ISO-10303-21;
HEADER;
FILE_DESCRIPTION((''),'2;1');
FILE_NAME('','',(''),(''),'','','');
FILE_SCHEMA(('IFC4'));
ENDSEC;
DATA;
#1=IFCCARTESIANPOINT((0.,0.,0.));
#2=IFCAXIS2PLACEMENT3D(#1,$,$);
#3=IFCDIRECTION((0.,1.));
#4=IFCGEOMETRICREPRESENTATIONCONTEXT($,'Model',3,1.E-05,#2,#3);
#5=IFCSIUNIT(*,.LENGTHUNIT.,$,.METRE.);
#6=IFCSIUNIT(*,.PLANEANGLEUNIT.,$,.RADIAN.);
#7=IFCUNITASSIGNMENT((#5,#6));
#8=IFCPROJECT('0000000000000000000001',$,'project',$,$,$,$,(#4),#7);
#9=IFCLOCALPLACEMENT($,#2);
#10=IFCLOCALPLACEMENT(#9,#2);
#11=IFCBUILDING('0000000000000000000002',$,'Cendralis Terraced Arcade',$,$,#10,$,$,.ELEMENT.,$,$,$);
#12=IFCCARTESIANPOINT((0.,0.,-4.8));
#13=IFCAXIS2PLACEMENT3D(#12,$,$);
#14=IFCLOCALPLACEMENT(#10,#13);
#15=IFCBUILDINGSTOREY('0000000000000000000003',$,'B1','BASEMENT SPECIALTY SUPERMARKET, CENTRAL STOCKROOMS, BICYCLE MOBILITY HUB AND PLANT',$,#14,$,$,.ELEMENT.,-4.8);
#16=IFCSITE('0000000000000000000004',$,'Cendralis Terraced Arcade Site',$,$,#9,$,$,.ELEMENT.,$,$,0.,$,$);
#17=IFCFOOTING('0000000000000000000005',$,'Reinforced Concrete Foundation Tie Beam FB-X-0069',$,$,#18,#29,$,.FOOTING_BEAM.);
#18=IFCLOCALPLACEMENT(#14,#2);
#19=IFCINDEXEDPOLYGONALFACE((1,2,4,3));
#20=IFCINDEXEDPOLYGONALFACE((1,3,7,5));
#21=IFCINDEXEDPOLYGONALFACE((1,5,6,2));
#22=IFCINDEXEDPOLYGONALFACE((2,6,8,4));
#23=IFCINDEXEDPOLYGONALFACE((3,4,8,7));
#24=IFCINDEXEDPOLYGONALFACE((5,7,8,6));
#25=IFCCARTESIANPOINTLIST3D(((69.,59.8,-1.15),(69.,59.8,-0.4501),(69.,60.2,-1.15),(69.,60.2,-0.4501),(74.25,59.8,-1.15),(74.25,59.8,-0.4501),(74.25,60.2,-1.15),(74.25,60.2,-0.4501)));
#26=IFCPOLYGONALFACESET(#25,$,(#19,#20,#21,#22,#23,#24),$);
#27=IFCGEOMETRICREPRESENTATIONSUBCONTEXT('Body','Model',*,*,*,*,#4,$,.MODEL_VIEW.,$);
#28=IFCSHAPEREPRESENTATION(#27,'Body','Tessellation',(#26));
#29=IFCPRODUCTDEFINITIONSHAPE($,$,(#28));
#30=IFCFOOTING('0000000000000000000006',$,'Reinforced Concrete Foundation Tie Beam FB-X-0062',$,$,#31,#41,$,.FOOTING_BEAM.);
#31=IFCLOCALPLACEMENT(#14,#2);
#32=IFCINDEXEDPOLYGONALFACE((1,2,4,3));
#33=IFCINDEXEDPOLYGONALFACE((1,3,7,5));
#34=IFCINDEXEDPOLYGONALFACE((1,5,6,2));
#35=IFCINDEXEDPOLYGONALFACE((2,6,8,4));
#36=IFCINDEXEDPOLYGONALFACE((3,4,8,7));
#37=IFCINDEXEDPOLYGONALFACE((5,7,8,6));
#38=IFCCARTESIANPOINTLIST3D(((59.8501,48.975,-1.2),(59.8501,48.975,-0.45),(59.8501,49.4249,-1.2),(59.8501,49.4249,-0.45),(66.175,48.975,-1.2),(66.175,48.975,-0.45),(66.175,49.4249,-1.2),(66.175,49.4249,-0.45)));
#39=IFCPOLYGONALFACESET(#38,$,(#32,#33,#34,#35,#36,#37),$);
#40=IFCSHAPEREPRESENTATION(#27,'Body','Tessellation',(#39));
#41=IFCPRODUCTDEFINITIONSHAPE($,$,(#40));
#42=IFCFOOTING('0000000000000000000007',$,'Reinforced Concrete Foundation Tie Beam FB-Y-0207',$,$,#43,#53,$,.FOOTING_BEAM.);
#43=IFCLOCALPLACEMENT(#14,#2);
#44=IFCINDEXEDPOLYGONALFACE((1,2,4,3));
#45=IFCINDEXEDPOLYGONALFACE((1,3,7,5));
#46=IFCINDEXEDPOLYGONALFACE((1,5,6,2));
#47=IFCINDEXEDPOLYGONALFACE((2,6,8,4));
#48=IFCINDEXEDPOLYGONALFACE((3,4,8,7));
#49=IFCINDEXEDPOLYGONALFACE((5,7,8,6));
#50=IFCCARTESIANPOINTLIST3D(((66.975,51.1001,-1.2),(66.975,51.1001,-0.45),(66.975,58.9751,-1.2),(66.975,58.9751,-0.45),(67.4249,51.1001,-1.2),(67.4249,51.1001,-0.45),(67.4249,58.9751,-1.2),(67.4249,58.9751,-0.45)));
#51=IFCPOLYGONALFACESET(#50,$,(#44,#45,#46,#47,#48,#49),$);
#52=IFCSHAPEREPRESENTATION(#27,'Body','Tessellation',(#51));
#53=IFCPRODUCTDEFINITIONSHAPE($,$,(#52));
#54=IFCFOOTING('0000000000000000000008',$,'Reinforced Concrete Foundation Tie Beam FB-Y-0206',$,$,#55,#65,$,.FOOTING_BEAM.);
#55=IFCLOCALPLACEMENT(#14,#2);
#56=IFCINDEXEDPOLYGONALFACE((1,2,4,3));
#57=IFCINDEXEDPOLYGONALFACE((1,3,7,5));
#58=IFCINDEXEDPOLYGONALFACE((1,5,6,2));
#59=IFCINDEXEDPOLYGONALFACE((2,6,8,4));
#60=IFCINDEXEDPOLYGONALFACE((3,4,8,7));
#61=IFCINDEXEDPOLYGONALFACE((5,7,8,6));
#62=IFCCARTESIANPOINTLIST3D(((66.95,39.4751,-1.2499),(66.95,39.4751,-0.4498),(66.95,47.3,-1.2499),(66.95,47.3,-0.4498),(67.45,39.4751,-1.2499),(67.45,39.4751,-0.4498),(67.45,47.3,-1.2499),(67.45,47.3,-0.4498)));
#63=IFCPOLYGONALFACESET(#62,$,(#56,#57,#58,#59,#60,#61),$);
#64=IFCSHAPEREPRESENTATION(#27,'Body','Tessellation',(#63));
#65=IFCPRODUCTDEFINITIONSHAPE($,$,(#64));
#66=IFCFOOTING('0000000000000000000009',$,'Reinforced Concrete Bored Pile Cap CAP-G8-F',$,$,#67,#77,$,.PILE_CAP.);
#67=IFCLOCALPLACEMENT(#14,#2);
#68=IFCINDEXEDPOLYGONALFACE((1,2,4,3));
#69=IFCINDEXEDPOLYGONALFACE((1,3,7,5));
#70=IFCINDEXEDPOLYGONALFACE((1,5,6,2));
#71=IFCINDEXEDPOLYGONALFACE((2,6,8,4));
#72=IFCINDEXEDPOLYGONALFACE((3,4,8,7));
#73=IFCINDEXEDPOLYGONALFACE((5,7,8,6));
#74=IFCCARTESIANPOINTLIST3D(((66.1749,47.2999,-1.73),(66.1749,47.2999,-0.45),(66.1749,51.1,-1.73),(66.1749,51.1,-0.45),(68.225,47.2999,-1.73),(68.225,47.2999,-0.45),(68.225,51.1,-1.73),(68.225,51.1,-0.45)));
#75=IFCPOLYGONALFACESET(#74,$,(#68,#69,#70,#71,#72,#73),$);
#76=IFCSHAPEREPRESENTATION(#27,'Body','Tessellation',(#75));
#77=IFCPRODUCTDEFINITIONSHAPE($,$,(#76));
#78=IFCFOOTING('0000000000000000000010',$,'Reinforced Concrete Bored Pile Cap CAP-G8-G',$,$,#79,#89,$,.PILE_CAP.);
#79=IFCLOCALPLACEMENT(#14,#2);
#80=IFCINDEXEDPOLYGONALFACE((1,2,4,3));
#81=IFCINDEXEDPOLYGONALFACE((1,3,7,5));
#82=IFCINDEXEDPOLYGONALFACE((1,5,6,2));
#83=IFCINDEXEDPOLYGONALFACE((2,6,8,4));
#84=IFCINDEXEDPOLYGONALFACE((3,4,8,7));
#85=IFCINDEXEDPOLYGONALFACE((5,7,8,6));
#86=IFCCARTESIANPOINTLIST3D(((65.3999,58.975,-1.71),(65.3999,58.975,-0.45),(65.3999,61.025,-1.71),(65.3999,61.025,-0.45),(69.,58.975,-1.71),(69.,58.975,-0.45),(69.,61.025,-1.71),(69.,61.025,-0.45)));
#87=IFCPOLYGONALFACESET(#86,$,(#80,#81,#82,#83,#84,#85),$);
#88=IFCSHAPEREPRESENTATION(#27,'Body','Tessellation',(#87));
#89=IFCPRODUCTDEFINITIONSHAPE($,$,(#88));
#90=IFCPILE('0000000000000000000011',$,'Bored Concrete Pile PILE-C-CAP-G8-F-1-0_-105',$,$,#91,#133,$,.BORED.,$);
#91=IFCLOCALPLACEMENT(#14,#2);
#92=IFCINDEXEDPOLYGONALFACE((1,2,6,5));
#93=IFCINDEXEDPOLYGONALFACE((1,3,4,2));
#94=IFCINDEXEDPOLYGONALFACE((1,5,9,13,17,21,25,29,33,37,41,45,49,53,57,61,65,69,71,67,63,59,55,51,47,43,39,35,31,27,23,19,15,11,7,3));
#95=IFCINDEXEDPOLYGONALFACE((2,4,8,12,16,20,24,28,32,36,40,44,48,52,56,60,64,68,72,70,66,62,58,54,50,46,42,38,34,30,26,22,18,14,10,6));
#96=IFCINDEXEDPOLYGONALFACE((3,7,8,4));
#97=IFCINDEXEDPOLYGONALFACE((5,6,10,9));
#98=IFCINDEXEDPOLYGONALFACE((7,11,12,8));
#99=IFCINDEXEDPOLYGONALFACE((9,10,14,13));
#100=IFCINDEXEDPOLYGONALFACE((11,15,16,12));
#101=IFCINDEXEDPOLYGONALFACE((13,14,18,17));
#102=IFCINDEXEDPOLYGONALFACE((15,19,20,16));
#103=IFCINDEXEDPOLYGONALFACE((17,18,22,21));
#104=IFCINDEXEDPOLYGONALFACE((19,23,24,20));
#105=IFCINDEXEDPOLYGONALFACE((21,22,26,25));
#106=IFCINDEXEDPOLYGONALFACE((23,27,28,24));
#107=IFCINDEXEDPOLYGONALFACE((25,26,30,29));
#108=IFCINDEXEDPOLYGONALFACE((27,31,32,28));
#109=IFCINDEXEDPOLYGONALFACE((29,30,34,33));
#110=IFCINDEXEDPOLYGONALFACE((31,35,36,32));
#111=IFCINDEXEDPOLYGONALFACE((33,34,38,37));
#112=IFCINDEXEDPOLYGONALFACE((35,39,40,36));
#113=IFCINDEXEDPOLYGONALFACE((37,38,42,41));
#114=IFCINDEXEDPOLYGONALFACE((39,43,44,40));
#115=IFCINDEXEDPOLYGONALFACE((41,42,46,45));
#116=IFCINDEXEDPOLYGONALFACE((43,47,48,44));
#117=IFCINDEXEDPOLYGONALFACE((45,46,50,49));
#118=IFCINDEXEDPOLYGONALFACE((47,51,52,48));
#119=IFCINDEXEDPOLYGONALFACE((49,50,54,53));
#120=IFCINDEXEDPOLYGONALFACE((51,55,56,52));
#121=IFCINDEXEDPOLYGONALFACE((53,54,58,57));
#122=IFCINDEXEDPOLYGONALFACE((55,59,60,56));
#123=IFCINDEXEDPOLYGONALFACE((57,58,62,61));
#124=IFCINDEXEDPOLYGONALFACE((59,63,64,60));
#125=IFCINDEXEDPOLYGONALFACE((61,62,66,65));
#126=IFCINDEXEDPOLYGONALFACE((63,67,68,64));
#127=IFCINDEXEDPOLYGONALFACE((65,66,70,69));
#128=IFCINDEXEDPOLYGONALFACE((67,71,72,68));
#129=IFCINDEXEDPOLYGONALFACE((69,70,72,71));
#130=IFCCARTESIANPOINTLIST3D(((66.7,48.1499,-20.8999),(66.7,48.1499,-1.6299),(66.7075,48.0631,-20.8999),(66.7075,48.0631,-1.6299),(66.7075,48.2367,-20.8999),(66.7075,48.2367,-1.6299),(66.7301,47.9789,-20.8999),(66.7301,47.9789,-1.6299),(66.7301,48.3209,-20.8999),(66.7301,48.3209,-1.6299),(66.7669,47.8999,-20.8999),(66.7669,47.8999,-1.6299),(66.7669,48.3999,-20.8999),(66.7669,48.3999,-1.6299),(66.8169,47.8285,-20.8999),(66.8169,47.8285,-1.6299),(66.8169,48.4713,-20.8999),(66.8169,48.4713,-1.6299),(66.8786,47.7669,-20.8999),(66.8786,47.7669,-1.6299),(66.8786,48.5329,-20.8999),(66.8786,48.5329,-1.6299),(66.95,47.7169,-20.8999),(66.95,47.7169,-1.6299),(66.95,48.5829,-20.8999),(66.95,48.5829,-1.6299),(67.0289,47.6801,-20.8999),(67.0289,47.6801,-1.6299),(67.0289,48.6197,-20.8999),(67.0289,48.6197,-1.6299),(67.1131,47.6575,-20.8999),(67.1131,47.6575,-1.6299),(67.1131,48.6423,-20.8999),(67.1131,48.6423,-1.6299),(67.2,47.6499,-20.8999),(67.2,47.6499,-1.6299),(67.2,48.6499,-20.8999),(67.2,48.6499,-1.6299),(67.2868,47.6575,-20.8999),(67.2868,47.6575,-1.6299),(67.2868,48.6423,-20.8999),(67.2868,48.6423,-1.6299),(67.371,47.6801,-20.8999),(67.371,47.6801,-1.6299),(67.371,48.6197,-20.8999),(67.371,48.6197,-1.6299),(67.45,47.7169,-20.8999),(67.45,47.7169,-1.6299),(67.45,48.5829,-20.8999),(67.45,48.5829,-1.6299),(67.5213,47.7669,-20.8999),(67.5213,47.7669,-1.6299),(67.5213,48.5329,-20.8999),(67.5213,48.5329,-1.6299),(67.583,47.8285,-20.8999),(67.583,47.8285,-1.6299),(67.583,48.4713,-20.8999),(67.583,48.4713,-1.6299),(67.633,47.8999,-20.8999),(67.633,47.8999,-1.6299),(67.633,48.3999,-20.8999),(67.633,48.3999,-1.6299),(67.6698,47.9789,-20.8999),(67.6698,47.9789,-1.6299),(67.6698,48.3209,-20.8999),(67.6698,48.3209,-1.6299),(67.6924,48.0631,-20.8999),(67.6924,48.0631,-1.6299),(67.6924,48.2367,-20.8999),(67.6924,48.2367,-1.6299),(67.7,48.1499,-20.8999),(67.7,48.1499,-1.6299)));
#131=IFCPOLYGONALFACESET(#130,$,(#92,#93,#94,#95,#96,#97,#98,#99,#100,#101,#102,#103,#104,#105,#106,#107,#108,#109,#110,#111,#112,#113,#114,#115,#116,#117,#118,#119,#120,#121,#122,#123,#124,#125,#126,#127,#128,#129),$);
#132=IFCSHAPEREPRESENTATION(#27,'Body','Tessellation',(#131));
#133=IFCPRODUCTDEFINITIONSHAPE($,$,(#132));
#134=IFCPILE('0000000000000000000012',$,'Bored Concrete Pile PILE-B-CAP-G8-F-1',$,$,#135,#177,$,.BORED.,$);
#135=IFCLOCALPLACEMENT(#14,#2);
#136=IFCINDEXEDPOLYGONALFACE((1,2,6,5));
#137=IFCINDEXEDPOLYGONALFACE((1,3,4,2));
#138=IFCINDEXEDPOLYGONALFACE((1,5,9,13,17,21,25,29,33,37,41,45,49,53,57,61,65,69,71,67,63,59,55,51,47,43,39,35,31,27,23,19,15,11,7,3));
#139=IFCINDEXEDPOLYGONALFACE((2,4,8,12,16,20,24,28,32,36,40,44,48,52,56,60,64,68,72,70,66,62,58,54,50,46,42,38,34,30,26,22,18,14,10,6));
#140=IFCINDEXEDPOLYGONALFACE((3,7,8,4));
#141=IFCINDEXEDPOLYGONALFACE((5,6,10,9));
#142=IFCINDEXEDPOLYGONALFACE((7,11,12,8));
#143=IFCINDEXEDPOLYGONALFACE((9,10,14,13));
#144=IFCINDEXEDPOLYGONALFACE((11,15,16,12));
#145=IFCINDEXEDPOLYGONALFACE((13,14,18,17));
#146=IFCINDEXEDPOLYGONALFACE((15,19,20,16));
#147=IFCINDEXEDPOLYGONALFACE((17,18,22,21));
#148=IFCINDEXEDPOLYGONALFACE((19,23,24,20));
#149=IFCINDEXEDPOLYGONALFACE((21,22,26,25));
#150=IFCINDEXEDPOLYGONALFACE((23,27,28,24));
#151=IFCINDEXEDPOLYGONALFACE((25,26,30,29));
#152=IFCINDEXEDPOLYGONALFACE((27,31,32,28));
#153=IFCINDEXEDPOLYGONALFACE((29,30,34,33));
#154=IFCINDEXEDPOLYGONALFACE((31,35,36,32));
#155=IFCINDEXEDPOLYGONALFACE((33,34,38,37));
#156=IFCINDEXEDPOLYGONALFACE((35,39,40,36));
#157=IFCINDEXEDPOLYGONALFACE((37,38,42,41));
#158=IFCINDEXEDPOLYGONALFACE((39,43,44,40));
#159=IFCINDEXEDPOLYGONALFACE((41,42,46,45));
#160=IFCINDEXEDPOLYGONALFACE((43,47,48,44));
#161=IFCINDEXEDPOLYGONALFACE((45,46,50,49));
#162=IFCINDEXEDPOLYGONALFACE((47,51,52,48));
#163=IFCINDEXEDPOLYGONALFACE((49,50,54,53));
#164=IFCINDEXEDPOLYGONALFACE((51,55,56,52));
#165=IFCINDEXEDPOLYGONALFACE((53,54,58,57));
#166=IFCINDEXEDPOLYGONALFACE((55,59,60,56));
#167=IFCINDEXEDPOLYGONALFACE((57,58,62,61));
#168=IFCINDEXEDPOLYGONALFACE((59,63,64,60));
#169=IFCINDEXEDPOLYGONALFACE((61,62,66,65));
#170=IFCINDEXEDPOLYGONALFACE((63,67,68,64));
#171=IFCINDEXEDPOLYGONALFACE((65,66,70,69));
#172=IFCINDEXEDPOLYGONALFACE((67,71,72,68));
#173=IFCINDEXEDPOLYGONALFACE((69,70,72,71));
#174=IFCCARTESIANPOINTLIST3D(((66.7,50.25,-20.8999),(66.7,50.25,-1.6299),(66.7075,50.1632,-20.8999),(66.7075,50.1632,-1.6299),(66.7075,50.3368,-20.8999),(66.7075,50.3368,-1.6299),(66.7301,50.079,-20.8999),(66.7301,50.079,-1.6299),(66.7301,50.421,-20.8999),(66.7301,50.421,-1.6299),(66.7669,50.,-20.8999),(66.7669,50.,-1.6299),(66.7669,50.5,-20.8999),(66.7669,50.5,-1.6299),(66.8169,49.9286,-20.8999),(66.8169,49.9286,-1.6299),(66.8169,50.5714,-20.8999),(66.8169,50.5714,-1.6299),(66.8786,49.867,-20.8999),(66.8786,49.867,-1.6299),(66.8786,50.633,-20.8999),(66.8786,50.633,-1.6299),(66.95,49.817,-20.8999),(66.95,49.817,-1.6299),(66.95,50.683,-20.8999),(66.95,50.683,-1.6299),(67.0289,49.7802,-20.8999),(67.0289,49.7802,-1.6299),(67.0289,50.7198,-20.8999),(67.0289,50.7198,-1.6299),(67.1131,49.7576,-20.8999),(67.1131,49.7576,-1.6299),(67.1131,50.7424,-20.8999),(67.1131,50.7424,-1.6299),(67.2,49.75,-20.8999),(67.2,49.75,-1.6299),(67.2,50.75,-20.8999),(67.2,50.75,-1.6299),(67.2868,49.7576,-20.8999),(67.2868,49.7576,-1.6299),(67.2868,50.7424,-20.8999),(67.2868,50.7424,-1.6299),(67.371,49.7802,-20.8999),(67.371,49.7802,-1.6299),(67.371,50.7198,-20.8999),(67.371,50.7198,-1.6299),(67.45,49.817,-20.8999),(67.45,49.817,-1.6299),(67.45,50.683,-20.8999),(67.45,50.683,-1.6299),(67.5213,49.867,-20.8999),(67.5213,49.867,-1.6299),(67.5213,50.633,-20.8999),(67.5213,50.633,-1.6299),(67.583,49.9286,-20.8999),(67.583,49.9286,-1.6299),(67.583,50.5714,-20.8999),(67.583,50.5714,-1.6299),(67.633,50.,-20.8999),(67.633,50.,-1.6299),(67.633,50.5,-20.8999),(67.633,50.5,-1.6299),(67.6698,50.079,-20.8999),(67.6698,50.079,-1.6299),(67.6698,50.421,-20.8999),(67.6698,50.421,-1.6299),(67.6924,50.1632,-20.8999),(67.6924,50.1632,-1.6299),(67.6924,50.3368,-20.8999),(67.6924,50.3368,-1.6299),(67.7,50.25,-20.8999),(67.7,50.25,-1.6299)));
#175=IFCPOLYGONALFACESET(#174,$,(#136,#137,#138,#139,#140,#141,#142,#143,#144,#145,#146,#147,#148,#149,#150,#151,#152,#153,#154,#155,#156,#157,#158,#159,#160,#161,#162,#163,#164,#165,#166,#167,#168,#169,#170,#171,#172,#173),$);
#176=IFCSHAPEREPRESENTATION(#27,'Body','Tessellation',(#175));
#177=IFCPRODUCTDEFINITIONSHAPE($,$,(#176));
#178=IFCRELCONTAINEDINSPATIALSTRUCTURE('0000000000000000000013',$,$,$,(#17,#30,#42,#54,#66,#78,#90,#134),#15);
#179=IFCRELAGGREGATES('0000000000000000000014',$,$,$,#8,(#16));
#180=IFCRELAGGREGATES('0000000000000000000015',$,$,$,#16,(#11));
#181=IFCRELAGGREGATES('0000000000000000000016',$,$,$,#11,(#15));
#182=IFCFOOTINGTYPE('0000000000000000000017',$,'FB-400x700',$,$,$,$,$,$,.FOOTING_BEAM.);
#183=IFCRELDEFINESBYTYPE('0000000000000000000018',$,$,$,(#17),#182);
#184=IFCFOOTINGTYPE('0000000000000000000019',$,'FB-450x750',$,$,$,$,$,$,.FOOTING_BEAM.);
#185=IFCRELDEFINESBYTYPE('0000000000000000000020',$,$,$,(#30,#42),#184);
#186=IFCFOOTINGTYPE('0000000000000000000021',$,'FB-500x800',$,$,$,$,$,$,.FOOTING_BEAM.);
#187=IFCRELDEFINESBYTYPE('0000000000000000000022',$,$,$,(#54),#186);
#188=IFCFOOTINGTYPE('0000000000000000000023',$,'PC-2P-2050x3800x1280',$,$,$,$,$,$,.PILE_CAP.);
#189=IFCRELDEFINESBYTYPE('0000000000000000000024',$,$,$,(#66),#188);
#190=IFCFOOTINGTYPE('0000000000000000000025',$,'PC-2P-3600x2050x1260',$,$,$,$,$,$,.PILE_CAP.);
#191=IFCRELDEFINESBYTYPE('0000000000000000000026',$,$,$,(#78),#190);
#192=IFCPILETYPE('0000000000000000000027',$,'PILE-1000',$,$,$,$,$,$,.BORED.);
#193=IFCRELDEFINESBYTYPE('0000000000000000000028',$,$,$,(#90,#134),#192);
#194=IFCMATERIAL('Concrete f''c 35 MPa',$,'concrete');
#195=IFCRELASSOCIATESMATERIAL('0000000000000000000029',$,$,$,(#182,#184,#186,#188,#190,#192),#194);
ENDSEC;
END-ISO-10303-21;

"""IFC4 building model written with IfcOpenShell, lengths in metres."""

from ifc_helpers import new_model, si_unit, direction, frame, origin, origin_2d, place, context, subcontext, project, spatial, rectangle, circle, extrude, material, material_profile, profile_set, type_object, element, save


model = new_model("IFC4")

# Units and contexts
model_context = context("Model", 3, precision=1e-05, world=origin(), true_north=direction((0.0, 1.0)))
body_context = subcontext(model_context, "Body", "Model", "MODEL_VIEW")
ifc_project = project(units=[si_unit("LENGTHUNIT", "METRE"), si_unit("PLANEANGLEUNIT", "RADIAN")], contexts=[model_context])

# Site, building, storey
site_placement = place(None, origin())
site = spatial("IfcSite", under=ifc_project, at=site_placement, Name="Cendralis Terraced Arcade Site", CompositionType="ELEMENT", RefElevation=0.0)
building_placement = place(site_placement, origin())
building = spatial("IfcBuilding", under=site, at=building_placement, Name="Cendralis Terraced Arcade", CompositionType="ELEMENT")
storey_placement = place(building_placement, frame((0.0, 0.0, -4.8)))
storey = spatial("IfcBuildingStorey", under=building, at=storey_placement, Name="B1", Description="BASEMENT SPECIALTY SUPERMARKET, CENTRAL STOCKROOMS, BICYCLE MOBILITY HUB AND PLANT", CompositionType="ELEMENT", Elevation=-4.8)

# Footings
ifc_material_1 = material(Name="Concrete f'c 35 MPa", Category="concrete")
ifc_material_profile_1 = material_profile(ifc_material_1, rectangle(XDim=0.3999, YDim=0.7, at=origin_2d()), Name="FB-400x700", Category="LoadBearing")
ifc_profile_set_1 = profile_set([ifc_material_profile_1], Name="Concrete f'c 35 MPa")
footing_type_1 = type_object("IfcFootingType", Name="FB-400x700", PredefinedType="FOOTING_BEAM", material=ifc_profile_set_1)
footing_1_placement = place(storey_placement, frame((69.0, 60.0, -0.8), z_axis=(1.0, 0.0, 0.0), x_axis=(0.0, 1.0, 0.0)))
element("IfcFooting", 1, at=footing_1_placement, inside=storey, type_object=footing_type_1, Name="Reinforced Concrete Foundation Tie Beam FB-X-0069", PredefinedType="FOOTING_BEAM", context=body_context, shape_type="SweptSolid", body=[
    extrude(rectangle(XDim=0.3999, YDim=0.7, at=origin_2d()), origin(), (0.0, 0.0, 1.0), 5.25),
])
ifc_material_profile_2 = material_profile(ifc_material_1, rectangle(XDim=0.45, YDim=0.75, at=origin_2d()), Name="FB-450x750", Category="LoadBearing")
ifc_profile_set_2 = profile_set([ifc_material_profile_2], Name="Concrete f'c 35 MPa")
footing_type_2 = type_object("IfcFootingType", Name="FB-450x750", PredefinedType="FOOTING_BEAM", material=ifc_profile_set_2)
footing_2_placement = place(storey_placement, frame((59.8501, 49.2, -0.825), z_axis=(1.0, 0.0, 0.0), x_axis=(0.0, 1.0, 0.0)))
element("IfcFooting", 2, at=footing_2_placement, inside=storey, type_object=footing_type_2, Name="Reinforced Concrete Foundation Tie Beam FB-X-0062", PredefinedType="FOOTING_BEAM", context=body_context, shape_type="SweptSolid", body=[
    extrude(rectangle(XDim=0.45, YDim=0.75, at=origin_2d()), origin(), (0.0, 0.0, 1.0), 6.325),
])
footing_3_placement = place(storey_placement, frame((67.2, 51.1001, -0.825), z_axis=(0.0, 1.0, 0.0), x_axis=(-1.0, 0.0, 0.0)))
element("IfcFooting", 3, at=footing_3_placement, inside=storey, type_object=footing_type_2, Name="Reinforced Concrete Foundation Tie Beam FB-Y-0207", PredefinedType="FOOTING_BEAM", context=body_context, shape_type="SweptSolid", body=[
    extrude(rectangle(XDim=0.45, YDim=0.75, at=origin_2d()), origin(), (0.0, 0.0, 1.0), 7.875),
])
ifc_material_profile_3 = material_profile(ifc_material_1, rectangle(XDim=0.5, YDim=0.8, at=origin_2d()), Name="FB-500x800", Category="LoadBearing")
ifc_profile_set_3 = profile_set([ifc_material_profile_3], Name="Concrete f'c 35 MPa")
footing_type_3 = type_object("IfcFootingType", Name="FB-500x800", PredefinedType="FOOTING_BEAM", material=ifc_profile_set_3)
footing_4_placement = place(storey_placement, frame((67.2, 39.4751, -0.8499), z_axis=(0.0, 1.0, 0.0), x_axis=(-1.0, 0.0, 0.0)))
element("IfcFooting", 4, at=footing_4_placement, inside=storey, type_object=footing_type_3, Name="Reinforced Concrete Foundation Tie Beam FB-Y-0206", PredefinedType="FOOTING_BEAM", context=body_context, shape_type="SweptSolid", body=[
    extrude(rectangle(XDim=0.5, YDim=0.8, at=origin_2d()), origin(), (0.0, 0.0, 1.0), 7.825),
])
footing_type_4 = type_object("IfcFootingType", Name="PC-2P-2050x3800x1280", PredefinedType="PILE_CAP", material=ifc_material_1)
footing_5_placement = place(storey_placement, frame((67.2, 49.2, -1.73), z_axis=(0.0, 0.0, 1.0), x_axis=(1.0, 0.0, 0.0)))
element("IfcFooting", 5, at=footing_5_placement, inside=storey, type_object=footing_type_4, Name="Reinforced Concrete Bored Pile Cap CAP-G8-F", PredefinedType="PILE_CAP", context=body_context, shape_type="SweptSolid", body=[
    extrude(rectangle(XDim=2.05, YDim=3.8, at=origin_2d()), origin(), (0.0, 0.0, 1.0), 1.28),
])
footing_type_5 = type_object("IfcFootingType", Name="PC-2P-3600x2050x1260", PredefinedType="PILE_CAP", material=ifc_material_1)
footing_6_placement = place(storey_placement, frame((67.2, 60.0, -1.71), z_axis=(0.0, 0.0, 1.0), x_axis=(1.0, 0.0, 0.0)))
element("IfcFooting", 6, at=footing_6_placement, inside=storey, type_object=footing_type_5, Name="Reinforced Concrete Bored Pile Cap CAP-G8-G", PredefinedType="PILE_CAP", context=body_context, shape_type="SweptSolid", body=[
    extrude(rectangle(XDim=3.6001, YDim=2.05, at=origin_2d()), origin(), (0.0, 0.0, 1.0), 1.26),
])

# Piles
ifc_material_profile_4 = material_profile(ifc_material_1, circle(Radius=0.5, at=origin_2d()), Name="PILE-D1000", Category="LoadBearing")
ifc_profile_set_4 = profile_set([ifc_material_profile_4], Name="Concrete f'c 35 MPa")
pile_type_1 = type_object("IfcPileType", Name="PILE-1000", PredefinedType="BORED", material=ifc_profile_set_4)
for number, where, z_axis, x_axis, name in (
    (7, (67.2, 48.1499, -1.6299), (0.0, 0.0, -1.0), (1.0, 0.0, 0.0), "Bored Concrete Pile PILE-C-CAP-G8-F-1-0_-105"),
    (8, (67.2, 50.25, -1.6299), (0.0, 0.0, -1.0), (1.0, 0.0, 0.0), "Bored Concrete Pile PILE-B-CAP-G8-F-1"),
):
    element("IfcPile", number, at=place(storey_placement, frame(where, z_axis=z_axis, x_axis=x_axis)), inside=storey, type_object=pile_type_1, Name=name, PredefinedType="BORED", context=body_context, shape_type="SweptSolid", body=[
        extrude(circle(Radius=0.5, at=origin_2d()), origin(), (0.0, 0.0, 1.0), 19.27),
    ])

save(model, "model.ifc")
